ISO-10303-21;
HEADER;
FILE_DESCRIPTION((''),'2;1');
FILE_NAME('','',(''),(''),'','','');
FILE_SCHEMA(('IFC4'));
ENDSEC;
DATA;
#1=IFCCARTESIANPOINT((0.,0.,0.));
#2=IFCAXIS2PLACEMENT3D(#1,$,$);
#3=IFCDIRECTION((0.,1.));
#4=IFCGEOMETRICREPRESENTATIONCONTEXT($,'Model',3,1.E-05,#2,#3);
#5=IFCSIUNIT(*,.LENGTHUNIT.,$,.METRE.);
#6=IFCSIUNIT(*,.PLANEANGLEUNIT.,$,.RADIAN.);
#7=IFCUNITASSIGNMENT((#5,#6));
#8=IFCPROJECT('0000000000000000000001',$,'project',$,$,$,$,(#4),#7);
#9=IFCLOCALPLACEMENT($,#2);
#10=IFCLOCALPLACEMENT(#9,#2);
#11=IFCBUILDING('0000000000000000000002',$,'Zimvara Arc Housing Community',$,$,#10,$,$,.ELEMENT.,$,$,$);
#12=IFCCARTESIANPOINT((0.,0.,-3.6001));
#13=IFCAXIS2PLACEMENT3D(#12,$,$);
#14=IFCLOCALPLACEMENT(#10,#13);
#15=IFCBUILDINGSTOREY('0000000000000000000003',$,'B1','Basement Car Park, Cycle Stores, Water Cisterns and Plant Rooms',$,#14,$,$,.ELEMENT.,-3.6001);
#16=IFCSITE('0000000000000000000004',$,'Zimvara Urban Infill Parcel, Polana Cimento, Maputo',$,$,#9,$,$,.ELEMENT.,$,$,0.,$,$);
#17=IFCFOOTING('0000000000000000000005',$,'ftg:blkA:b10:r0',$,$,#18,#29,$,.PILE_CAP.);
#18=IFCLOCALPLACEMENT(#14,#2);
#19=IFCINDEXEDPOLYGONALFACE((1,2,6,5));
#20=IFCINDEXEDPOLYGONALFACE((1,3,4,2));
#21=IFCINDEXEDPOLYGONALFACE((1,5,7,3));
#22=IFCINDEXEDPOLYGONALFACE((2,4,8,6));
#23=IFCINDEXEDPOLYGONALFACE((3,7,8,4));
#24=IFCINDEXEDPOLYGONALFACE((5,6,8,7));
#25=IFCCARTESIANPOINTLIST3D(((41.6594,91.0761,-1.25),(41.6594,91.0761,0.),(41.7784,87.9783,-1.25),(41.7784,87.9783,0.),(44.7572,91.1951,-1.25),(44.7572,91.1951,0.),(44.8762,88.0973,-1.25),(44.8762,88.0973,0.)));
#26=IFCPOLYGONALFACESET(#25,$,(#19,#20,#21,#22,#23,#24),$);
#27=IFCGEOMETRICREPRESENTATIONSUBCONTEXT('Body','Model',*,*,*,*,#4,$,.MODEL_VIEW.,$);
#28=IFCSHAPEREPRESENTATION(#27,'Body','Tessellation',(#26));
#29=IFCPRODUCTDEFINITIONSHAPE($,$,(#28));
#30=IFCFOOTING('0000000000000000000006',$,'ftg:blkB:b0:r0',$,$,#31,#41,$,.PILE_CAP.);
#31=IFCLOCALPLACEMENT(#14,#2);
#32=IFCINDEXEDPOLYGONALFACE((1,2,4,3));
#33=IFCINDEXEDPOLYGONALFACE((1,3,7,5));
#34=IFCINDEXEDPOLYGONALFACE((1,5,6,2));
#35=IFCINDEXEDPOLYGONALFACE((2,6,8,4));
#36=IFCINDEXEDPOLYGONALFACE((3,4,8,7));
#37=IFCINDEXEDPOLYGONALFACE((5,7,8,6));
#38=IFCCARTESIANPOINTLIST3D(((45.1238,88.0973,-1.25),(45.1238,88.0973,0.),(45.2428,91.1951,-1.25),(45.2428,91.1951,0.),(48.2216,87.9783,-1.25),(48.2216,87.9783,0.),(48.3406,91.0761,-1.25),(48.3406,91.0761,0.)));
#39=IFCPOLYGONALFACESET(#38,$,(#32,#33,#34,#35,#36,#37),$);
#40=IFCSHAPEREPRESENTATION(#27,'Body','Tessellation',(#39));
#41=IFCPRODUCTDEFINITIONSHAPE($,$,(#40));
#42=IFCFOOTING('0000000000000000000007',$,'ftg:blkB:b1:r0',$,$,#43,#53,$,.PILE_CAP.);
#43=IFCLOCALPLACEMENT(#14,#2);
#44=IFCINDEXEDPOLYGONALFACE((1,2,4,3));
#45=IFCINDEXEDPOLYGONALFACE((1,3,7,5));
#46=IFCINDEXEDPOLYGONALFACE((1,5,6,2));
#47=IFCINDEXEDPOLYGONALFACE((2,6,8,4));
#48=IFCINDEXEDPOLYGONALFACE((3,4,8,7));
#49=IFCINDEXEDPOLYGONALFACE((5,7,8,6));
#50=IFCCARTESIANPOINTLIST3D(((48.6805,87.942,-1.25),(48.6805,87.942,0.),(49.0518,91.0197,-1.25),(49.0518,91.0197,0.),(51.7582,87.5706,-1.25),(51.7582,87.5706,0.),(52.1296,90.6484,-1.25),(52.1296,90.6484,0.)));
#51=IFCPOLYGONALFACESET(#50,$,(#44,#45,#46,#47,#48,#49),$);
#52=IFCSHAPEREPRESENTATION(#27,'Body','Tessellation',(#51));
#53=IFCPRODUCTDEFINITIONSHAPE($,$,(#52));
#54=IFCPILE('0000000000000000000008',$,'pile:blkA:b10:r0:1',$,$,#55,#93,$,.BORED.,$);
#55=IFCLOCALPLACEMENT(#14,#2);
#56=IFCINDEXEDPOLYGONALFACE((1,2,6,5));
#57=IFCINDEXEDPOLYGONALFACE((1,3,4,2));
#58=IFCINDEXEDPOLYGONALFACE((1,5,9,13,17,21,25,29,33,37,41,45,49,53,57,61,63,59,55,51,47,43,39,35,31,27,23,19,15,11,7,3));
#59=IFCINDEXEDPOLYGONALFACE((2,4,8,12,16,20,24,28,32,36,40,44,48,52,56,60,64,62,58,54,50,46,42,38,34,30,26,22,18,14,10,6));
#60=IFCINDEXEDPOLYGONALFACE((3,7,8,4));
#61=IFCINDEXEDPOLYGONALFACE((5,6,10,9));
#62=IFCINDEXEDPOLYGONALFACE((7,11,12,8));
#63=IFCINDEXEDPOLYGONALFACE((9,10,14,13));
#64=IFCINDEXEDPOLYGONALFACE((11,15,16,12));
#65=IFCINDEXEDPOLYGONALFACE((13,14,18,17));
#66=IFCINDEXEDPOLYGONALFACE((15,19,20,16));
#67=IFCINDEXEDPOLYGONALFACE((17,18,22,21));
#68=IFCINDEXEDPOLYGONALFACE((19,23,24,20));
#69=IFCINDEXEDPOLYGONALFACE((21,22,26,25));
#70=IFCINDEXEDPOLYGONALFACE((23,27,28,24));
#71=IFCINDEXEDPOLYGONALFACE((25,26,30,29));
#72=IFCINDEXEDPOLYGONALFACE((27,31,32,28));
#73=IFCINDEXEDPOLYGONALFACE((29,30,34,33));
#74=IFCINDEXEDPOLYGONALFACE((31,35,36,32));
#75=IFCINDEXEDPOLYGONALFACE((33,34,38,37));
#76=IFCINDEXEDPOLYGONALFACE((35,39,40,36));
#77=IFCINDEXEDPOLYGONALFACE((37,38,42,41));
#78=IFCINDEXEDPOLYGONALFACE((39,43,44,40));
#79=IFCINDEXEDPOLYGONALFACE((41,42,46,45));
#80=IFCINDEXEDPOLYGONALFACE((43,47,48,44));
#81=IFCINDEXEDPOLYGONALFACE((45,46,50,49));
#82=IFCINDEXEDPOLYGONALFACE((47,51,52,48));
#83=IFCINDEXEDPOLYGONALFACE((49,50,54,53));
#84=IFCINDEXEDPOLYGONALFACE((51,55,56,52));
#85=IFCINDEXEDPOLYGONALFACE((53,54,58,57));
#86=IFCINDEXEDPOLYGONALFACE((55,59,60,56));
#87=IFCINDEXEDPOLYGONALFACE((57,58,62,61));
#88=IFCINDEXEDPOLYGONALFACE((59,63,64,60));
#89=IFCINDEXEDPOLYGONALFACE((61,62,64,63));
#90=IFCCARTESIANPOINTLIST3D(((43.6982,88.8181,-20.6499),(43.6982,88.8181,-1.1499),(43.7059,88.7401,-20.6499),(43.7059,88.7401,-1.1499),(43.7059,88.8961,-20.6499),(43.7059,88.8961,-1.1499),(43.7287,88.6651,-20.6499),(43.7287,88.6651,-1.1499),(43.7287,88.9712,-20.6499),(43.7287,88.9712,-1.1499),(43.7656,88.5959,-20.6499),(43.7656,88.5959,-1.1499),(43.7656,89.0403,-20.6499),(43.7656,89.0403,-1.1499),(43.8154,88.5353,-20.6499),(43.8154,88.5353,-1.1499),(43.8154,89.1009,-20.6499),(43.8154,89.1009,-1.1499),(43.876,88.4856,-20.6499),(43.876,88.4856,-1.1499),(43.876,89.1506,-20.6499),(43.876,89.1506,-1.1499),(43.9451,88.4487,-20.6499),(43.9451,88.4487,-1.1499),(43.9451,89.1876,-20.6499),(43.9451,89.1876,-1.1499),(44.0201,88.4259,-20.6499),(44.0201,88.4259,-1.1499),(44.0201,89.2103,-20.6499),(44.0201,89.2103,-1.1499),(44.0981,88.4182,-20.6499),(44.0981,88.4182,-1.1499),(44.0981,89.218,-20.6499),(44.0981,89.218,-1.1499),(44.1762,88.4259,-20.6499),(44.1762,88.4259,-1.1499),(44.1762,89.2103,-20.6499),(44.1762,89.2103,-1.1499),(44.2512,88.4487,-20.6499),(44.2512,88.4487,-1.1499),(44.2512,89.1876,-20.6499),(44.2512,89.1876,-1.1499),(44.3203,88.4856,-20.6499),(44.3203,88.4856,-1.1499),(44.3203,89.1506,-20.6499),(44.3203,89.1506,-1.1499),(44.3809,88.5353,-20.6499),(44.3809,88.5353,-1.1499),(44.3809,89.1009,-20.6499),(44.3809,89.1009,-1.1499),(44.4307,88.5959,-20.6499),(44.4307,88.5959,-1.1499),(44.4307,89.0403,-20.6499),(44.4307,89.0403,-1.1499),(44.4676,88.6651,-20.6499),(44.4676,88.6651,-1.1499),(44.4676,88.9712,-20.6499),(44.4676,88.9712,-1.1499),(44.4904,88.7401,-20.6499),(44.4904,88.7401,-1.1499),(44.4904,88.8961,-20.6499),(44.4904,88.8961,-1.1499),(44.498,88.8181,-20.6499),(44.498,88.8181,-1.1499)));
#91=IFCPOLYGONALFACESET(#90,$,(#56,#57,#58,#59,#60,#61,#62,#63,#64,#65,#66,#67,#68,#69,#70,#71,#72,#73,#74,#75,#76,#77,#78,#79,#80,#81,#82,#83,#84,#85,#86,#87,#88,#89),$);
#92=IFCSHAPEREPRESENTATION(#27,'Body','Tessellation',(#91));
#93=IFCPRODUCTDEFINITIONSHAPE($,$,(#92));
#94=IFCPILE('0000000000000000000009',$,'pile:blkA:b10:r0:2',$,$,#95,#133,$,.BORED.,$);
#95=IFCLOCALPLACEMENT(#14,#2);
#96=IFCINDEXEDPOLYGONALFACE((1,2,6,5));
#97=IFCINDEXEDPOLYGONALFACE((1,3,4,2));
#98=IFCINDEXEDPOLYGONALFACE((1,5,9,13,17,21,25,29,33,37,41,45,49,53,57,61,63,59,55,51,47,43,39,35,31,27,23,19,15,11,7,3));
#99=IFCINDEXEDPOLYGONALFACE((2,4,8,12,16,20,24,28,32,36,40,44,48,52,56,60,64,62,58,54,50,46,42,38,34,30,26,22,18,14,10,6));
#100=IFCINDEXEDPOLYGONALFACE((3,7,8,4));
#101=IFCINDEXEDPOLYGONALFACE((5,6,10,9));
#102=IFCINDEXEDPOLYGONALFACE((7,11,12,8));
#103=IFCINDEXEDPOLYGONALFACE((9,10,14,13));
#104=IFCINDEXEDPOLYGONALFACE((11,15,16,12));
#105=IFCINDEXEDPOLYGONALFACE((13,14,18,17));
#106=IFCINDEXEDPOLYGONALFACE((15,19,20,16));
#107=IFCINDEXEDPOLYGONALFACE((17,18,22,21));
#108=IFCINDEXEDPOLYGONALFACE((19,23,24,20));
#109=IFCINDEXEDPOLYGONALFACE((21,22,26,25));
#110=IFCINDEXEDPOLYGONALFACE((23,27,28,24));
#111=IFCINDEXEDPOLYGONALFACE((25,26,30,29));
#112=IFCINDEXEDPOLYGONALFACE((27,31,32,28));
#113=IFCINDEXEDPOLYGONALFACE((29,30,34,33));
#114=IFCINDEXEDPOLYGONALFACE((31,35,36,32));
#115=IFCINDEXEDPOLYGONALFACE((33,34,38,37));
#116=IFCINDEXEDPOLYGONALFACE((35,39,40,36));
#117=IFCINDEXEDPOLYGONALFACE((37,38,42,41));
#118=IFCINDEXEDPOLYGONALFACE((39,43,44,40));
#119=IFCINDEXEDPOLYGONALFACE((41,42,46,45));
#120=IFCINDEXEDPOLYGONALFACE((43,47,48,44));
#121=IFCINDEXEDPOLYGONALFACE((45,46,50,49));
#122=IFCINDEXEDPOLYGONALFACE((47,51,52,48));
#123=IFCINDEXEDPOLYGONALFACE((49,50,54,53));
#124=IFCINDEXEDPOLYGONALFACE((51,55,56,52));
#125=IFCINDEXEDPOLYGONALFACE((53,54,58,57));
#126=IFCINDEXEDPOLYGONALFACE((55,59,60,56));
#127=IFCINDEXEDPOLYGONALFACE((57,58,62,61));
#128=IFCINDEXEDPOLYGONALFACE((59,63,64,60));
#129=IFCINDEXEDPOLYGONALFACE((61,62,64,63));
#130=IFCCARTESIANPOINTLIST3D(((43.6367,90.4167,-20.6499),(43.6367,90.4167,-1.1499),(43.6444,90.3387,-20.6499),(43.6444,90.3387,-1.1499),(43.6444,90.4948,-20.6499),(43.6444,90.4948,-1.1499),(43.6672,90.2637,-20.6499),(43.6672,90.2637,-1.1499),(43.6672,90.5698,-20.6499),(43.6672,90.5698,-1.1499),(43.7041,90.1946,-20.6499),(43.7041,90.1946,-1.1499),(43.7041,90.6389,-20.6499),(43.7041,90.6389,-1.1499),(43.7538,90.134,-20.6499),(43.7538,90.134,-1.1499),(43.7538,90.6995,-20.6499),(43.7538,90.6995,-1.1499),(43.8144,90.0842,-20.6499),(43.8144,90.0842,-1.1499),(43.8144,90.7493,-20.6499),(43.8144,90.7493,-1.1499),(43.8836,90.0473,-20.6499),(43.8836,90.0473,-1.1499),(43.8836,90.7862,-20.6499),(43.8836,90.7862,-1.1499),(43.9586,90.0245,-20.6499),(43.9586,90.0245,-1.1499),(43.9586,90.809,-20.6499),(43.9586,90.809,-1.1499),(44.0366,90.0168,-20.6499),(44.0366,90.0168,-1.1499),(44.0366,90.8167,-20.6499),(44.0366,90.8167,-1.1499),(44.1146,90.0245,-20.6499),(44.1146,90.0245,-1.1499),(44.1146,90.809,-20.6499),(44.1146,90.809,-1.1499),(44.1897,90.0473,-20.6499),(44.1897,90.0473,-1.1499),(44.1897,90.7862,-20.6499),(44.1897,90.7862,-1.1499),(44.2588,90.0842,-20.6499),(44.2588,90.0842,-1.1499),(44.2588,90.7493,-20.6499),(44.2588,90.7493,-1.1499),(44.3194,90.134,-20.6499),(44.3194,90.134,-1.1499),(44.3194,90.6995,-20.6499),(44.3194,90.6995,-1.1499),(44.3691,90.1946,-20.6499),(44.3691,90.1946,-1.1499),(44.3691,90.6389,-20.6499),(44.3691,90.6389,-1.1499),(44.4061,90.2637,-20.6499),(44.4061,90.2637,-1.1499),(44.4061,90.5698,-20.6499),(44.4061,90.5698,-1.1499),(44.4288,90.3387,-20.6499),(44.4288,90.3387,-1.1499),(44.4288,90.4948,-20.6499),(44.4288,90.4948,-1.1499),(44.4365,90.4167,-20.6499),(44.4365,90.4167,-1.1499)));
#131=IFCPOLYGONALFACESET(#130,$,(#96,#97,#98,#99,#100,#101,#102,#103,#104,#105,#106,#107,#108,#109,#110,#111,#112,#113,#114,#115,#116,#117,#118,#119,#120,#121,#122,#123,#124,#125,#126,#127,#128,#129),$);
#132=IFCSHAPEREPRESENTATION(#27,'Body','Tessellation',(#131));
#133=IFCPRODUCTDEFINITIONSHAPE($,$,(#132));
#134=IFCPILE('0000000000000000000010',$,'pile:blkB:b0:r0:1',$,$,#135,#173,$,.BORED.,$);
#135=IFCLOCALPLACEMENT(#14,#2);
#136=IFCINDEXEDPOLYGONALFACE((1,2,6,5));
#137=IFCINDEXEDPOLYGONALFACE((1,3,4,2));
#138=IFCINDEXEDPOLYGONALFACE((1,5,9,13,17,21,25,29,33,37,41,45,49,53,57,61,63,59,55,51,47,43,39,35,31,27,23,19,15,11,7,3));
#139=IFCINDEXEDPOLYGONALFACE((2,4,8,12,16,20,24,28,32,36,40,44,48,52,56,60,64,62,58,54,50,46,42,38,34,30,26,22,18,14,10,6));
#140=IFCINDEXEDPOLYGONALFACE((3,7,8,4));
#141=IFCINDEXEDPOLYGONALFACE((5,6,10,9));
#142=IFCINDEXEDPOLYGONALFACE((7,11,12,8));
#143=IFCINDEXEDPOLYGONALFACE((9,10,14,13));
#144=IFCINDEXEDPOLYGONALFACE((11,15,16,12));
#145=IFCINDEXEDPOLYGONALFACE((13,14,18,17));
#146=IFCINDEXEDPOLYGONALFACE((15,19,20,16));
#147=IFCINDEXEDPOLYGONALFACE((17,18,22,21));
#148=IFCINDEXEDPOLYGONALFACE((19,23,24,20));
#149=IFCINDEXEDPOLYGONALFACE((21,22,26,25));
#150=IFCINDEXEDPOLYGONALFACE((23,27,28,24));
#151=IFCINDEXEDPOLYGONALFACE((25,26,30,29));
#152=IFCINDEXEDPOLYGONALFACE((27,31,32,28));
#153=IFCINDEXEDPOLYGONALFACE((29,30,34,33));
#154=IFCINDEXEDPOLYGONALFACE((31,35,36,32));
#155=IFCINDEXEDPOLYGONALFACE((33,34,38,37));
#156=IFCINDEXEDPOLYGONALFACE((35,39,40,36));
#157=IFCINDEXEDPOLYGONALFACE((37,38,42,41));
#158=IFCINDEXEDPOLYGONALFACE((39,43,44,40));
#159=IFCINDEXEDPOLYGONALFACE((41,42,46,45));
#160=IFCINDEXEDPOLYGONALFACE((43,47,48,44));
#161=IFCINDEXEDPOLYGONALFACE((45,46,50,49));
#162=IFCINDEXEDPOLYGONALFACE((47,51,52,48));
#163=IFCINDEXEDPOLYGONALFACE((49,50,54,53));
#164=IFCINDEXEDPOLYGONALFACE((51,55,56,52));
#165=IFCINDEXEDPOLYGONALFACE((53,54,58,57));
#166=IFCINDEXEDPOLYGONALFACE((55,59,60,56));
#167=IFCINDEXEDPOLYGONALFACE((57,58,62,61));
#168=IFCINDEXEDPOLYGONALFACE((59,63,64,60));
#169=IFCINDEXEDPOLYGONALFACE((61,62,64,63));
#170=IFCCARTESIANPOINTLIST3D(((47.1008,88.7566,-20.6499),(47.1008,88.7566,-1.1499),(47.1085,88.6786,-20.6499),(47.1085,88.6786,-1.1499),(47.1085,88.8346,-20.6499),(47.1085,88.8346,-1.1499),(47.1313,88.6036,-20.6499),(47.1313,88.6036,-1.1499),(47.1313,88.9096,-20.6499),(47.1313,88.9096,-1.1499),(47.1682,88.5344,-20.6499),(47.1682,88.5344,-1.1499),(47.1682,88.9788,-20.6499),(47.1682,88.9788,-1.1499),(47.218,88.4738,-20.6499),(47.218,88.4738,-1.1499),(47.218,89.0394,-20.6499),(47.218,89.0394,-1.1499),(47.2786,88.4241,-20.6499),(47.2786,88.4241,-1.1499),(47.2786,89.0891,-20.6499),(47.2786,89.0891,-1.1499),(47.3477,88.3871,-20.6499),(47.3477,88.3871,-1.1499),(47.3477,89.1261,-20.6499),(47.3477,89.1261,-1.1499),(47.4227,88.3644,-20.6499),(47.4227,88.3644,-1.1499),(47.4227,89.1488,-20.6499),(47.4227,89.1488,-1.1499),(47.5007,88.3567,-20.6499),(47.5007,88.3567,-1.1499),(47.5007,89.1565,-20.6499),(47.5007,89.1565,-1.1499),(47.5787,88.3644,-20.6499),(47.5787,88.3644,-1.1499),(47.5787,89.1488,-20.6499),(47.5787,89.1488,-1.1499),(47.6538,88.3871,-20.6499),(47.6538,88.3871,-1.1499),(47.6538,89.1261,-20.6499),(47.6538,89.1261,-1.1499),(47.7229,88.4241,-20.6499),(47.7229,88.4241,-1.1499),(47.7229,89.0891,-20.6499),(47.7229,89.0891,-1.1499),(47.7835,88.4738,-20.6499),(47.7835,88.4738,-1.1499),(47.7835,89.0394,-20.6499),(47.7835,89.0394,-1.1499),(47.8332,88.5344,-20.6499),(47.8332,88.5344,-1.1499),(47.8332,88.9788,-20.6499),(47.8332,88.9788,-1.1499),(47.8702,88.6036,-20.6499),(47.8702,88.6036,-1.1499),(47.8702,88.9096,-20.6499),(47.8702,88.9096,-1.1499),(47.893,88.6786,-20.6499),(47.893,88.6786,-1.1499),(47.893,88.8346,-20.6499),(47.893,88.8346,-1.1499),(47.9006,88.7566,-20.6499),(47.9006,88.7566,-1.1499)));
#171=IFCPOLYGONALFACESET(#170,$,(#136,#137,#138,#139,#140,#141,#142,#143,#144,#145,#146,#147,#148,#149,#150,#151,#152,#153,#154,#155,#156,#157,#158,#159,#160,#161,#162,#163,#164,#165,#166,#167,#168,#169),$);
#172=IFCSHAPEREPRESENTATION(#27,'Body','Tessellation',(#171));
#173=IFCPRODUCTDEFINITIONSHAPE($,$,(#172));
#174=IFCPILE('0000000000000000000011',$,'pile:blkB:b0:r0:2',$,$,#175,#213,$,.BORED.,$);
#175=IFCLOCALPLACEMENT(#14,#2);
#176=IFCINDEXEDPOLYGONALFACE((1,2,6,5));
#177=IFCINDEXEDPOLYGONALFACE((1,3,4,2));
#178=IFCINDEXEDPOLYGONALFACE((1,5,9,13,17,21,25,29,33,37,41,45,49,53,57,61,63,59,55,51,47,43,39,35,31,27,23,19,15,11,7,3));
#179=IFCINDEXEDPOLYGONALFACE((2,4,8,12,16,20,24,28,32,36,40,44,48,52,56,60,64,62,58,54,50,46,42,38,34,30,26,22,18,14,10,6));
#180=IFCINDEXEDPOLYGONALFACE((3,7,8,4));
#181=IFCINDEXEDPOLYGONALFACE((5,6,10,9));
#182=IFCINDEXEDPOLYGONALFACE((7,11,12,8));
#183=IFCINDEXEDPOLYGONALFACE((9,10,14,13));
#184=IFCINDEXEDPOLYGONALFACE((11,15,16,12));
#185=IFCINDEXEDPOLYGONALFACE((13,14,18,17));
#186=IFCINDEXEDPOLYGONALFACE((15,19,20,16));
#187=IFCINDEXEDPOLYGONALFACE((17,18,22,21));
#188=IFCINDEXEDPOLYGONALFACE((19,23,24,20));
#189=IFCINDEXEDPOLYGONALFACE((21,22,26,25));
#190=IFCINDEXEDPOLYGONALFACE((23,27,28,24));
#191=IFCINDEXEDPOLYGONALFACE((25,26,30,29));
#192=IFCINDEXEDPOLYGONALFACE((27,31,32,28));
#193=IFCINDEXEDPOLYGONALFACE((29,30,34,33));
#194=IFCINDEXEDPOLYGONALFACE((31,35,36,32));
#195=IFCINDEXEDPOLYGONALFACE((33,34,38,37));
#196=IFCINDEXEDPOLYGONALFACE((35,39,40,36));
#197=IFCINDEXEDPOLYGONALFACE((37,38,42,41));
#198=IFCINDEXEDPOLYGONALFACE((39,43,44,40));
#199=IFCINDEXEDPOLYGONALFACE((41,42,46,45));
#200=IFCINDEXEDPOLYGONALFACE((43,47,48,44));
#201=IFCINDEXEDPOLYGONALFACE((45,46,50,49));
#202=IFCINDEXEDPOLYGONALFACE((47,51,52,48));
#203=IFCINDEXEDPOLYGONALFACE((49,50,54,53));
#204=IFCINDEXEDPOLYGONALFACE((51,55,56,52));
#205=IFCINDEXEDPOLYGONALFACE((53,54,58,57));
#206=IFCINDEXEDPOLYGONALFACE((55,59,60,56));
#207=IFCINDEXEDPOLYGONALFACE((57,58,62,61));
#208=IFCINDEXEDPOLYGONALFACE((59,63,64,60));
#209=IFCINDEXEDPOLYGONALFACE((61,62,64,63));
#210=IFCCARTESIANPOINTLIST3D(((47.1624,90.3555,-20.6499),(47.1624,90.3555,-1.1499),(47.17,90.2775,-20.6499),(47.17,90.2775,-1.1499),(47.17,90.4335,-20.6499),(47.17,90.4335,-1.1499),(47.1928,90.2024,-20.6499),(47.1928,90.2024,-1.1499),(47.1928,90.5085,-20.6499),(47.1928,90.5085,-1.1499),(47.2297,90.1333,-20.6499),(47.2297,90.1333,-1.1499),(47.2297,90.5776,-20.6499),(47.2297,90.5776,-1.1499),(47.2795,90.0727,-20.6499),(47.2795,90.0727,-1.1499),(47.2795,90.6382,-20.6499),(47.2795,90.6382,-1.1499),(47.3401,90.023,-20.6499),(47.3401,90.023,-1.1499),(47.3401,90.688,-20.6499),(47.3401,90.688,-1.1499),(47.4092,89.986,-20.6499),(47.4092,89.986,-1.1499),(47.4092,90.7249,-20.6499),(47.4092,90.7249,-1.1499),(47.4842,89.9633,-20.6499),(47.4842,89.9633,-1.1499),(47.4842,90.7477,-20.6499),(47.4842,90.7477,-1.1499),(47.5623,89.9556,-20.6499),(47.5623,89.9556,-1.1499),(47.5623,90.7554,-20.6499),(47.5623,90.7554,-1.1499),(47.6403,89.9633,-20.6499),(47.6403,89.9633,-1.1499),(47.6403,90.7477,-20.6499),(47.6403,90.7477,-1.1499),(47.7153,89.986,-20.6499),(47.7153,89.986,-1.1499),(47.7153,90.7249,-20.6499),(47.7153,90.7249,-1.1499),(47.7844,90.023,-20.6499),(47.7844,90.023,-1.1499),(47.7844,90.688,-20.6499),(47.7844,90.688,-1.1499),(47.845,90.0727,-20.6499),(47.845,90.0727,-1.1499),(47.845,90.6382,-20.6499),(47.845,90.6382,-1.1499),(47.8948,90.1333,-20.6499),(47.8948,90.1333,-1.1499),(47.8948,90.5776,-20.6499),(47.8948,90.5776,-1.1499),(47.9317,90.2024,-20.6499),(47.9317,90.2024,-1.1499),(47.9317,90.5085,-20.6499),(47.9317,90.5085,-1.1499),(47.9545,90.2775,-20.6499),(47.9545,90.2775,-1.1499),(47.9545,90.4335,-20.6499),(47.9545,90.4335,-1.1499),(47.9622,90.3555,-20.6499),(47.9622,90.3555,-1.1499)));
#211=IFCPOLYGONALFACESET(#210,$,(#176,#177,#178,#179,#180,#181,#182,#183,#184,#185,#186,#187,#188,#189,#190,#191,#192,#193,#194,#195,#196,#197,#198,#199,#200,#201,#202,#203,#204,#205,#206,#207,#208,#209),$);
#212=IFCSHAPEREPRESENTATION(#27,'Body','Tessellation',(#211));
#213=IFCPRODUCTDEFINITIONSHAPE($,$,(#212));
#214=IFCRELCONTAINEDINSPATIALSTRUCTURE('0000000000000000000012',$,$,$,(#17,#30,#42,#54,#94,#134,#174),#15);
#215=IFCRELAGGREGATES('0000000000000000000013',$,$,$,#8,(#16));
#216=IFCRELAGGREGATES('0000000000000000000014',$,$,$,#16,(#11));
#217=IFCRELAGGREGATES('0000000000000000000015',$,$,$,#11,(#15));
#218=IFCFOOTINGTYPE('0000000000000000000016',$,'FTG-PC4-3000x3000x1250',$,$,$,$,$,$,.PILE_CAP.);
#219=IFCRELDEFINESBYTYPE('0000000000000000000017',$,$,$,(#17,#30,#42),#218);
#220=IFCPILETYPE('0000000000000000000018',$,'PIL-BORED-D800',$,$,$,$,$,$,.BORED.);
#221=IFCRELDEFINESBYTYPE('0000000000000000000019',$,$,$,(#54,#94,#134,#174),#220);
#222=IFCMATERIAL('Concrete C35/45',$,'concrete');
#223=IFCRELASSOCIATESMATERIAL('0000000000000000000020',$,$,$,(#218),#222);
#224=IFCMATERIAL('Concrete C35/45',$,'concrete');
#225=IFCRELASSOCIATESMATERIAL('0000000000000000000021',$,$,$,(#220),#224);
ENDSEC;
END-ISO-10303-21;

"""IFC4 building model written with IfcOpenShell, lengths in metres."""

from ifc_helpers import new_model, si_unit, direction, frame, origin, origin_2d, place, context, subcontext, project, spatial, rectangle, circle, extrude, material, material_profile, profile_set, type_object, element, save


model = new_model("IFC4")

# Units and contexts
model_context = context("Model", 3, precision=1e-05, world=origin(), true_north=direction((0.0, 1.0)))
body_context = subcontext(model_context, "Body", "Model", "MODEL_VIEW")
ifc_project = project(units=[si_unit("LENGTHUNIT", "METRE"), si_unit("PLANEANGLEUNIT", "RADIAN")], contexts=[model_context])

# Site, building, storey
site_placement = place(None, origin())
site = spatial("IfcSite", under=ifc_project, at=site_placement, Name="Zimvara Urban Infill Parcel, Polana Cimento, Maputo", CompositionType="ELEMENT", RefElevation=0.0)
building_placement = place(site_placement, origin())
building = spatial("IfcBuilding", under=site, at=building_placement, Name="Zimvara Arc Housing Community", CompositionType="ELEMENT")
storey_placement = place(building_placement, frame((0.0, 0.0, -3.6001)))
storey = spatial("IfcBuildingStorey", under=building, at=storey_placement, Name="B1", Description="Basement Car Park, Cycle Stores, Water Cisterns and Plant Rooms", CompositionType="ELEMENT", Elevation=-3.6001)

# Footings
ifc_material_1 = material(Name="Concrete C35/45", Category="concrete")
footing_type = type_object("IfcFootingType", Name="FTG-PC4-3000x3000x1250", PredefinedType="PILE_CAP", material=ifc_material_1)
for number, where, z_axis, x_axis, name in (
    (1, (43.2678, 89.5867, -1.25), (0.0, 0.0, 1.0), (-0.038388, 0.999263, 0.0), "ftg:blkA:b10:r0"),
    (2, (46.7322, 89.5867, -1.25), (0.0, 0.0, 1.0), (0.038388, 0.999263, 0.0), "ftg:blkB:b0:r0"),
    (3, (50.405, 89.2952, -1.25), (0.0, 0.0, 1.0), (0.11979, 0.992799, 0.0), "ftg:blkB:b1:r0"),
):
    element("IfcFooting", number, at=place(storey_placement, frame(where, z_axis=z_axis, x_axis=x_axis)), inside=storey, type_object=footing_type, Name=name, PredefinedType="PILE_CAP", context=body_context, shape_type="SweptSolid", body=[
        extrude(rectangle(XDim=3.1001, YDim=3.1001, at=origin_2d()), origin(), (0.0, 0.0, 1.0), 1.25),
    ])

# Piles
ifc_material_2 = material(Name="Concrete C35/45", Category="concrete")
ifc_material_profile_1 = material_profile(ifc_material_2, circle(Radius=0.3999, at=origin_2d()), Name="PILE D800")
ifc_profile_set_1 = profile_set([ifc_material_profile_1], Name="Concrete C35/45")
pile_type = type_object("IfcPileType", Name="PIL-BORED-D800", PredefinedType="BORED", material=ifc_profile_set_1)
for number, where, z_axis, x_axis, name in (
    (4, (44.0981, 88.8181, -1.1499), (0.0, 0.0, -1.0), (1.0, 0.0, 0.0), "pile:blkA:b10:r0:1"),
    (5, (44.0366, 90.4167, -1.1499), (0.0, 0.0, -1.0), (1.0, 0.0, 0.0), "pile:blkA:b10:r0:2"),
    (6, (47.5007, 88.7566, -1.1499), (0.0, 0.0, -1.0), (1.0, 0.0, 0.0), "pile:blkB:b0:r0:1"),
    (7, (47.5623, 90.3555, -1.1499), (0.0, 0.0, -1.0), (1.0, 0.0, 0.0), "pile:blkB:b0:r0:2"),
):
    element("IfcPile", number, at=place(storey_placement, frame(where, z_axis=z_axis, x_axis=x_axis)), inside=storey, type_object=pile_type, Name=name, PredefinedType="BORED", context=body_context, shape_type="SweptSolid", body=[
        extrude(circle(Radius=0.3999, at=origin_2d()), origin(), (0.0, 0.0, 1.0), 19.5),
    ])

save(model, "model.ifc")
